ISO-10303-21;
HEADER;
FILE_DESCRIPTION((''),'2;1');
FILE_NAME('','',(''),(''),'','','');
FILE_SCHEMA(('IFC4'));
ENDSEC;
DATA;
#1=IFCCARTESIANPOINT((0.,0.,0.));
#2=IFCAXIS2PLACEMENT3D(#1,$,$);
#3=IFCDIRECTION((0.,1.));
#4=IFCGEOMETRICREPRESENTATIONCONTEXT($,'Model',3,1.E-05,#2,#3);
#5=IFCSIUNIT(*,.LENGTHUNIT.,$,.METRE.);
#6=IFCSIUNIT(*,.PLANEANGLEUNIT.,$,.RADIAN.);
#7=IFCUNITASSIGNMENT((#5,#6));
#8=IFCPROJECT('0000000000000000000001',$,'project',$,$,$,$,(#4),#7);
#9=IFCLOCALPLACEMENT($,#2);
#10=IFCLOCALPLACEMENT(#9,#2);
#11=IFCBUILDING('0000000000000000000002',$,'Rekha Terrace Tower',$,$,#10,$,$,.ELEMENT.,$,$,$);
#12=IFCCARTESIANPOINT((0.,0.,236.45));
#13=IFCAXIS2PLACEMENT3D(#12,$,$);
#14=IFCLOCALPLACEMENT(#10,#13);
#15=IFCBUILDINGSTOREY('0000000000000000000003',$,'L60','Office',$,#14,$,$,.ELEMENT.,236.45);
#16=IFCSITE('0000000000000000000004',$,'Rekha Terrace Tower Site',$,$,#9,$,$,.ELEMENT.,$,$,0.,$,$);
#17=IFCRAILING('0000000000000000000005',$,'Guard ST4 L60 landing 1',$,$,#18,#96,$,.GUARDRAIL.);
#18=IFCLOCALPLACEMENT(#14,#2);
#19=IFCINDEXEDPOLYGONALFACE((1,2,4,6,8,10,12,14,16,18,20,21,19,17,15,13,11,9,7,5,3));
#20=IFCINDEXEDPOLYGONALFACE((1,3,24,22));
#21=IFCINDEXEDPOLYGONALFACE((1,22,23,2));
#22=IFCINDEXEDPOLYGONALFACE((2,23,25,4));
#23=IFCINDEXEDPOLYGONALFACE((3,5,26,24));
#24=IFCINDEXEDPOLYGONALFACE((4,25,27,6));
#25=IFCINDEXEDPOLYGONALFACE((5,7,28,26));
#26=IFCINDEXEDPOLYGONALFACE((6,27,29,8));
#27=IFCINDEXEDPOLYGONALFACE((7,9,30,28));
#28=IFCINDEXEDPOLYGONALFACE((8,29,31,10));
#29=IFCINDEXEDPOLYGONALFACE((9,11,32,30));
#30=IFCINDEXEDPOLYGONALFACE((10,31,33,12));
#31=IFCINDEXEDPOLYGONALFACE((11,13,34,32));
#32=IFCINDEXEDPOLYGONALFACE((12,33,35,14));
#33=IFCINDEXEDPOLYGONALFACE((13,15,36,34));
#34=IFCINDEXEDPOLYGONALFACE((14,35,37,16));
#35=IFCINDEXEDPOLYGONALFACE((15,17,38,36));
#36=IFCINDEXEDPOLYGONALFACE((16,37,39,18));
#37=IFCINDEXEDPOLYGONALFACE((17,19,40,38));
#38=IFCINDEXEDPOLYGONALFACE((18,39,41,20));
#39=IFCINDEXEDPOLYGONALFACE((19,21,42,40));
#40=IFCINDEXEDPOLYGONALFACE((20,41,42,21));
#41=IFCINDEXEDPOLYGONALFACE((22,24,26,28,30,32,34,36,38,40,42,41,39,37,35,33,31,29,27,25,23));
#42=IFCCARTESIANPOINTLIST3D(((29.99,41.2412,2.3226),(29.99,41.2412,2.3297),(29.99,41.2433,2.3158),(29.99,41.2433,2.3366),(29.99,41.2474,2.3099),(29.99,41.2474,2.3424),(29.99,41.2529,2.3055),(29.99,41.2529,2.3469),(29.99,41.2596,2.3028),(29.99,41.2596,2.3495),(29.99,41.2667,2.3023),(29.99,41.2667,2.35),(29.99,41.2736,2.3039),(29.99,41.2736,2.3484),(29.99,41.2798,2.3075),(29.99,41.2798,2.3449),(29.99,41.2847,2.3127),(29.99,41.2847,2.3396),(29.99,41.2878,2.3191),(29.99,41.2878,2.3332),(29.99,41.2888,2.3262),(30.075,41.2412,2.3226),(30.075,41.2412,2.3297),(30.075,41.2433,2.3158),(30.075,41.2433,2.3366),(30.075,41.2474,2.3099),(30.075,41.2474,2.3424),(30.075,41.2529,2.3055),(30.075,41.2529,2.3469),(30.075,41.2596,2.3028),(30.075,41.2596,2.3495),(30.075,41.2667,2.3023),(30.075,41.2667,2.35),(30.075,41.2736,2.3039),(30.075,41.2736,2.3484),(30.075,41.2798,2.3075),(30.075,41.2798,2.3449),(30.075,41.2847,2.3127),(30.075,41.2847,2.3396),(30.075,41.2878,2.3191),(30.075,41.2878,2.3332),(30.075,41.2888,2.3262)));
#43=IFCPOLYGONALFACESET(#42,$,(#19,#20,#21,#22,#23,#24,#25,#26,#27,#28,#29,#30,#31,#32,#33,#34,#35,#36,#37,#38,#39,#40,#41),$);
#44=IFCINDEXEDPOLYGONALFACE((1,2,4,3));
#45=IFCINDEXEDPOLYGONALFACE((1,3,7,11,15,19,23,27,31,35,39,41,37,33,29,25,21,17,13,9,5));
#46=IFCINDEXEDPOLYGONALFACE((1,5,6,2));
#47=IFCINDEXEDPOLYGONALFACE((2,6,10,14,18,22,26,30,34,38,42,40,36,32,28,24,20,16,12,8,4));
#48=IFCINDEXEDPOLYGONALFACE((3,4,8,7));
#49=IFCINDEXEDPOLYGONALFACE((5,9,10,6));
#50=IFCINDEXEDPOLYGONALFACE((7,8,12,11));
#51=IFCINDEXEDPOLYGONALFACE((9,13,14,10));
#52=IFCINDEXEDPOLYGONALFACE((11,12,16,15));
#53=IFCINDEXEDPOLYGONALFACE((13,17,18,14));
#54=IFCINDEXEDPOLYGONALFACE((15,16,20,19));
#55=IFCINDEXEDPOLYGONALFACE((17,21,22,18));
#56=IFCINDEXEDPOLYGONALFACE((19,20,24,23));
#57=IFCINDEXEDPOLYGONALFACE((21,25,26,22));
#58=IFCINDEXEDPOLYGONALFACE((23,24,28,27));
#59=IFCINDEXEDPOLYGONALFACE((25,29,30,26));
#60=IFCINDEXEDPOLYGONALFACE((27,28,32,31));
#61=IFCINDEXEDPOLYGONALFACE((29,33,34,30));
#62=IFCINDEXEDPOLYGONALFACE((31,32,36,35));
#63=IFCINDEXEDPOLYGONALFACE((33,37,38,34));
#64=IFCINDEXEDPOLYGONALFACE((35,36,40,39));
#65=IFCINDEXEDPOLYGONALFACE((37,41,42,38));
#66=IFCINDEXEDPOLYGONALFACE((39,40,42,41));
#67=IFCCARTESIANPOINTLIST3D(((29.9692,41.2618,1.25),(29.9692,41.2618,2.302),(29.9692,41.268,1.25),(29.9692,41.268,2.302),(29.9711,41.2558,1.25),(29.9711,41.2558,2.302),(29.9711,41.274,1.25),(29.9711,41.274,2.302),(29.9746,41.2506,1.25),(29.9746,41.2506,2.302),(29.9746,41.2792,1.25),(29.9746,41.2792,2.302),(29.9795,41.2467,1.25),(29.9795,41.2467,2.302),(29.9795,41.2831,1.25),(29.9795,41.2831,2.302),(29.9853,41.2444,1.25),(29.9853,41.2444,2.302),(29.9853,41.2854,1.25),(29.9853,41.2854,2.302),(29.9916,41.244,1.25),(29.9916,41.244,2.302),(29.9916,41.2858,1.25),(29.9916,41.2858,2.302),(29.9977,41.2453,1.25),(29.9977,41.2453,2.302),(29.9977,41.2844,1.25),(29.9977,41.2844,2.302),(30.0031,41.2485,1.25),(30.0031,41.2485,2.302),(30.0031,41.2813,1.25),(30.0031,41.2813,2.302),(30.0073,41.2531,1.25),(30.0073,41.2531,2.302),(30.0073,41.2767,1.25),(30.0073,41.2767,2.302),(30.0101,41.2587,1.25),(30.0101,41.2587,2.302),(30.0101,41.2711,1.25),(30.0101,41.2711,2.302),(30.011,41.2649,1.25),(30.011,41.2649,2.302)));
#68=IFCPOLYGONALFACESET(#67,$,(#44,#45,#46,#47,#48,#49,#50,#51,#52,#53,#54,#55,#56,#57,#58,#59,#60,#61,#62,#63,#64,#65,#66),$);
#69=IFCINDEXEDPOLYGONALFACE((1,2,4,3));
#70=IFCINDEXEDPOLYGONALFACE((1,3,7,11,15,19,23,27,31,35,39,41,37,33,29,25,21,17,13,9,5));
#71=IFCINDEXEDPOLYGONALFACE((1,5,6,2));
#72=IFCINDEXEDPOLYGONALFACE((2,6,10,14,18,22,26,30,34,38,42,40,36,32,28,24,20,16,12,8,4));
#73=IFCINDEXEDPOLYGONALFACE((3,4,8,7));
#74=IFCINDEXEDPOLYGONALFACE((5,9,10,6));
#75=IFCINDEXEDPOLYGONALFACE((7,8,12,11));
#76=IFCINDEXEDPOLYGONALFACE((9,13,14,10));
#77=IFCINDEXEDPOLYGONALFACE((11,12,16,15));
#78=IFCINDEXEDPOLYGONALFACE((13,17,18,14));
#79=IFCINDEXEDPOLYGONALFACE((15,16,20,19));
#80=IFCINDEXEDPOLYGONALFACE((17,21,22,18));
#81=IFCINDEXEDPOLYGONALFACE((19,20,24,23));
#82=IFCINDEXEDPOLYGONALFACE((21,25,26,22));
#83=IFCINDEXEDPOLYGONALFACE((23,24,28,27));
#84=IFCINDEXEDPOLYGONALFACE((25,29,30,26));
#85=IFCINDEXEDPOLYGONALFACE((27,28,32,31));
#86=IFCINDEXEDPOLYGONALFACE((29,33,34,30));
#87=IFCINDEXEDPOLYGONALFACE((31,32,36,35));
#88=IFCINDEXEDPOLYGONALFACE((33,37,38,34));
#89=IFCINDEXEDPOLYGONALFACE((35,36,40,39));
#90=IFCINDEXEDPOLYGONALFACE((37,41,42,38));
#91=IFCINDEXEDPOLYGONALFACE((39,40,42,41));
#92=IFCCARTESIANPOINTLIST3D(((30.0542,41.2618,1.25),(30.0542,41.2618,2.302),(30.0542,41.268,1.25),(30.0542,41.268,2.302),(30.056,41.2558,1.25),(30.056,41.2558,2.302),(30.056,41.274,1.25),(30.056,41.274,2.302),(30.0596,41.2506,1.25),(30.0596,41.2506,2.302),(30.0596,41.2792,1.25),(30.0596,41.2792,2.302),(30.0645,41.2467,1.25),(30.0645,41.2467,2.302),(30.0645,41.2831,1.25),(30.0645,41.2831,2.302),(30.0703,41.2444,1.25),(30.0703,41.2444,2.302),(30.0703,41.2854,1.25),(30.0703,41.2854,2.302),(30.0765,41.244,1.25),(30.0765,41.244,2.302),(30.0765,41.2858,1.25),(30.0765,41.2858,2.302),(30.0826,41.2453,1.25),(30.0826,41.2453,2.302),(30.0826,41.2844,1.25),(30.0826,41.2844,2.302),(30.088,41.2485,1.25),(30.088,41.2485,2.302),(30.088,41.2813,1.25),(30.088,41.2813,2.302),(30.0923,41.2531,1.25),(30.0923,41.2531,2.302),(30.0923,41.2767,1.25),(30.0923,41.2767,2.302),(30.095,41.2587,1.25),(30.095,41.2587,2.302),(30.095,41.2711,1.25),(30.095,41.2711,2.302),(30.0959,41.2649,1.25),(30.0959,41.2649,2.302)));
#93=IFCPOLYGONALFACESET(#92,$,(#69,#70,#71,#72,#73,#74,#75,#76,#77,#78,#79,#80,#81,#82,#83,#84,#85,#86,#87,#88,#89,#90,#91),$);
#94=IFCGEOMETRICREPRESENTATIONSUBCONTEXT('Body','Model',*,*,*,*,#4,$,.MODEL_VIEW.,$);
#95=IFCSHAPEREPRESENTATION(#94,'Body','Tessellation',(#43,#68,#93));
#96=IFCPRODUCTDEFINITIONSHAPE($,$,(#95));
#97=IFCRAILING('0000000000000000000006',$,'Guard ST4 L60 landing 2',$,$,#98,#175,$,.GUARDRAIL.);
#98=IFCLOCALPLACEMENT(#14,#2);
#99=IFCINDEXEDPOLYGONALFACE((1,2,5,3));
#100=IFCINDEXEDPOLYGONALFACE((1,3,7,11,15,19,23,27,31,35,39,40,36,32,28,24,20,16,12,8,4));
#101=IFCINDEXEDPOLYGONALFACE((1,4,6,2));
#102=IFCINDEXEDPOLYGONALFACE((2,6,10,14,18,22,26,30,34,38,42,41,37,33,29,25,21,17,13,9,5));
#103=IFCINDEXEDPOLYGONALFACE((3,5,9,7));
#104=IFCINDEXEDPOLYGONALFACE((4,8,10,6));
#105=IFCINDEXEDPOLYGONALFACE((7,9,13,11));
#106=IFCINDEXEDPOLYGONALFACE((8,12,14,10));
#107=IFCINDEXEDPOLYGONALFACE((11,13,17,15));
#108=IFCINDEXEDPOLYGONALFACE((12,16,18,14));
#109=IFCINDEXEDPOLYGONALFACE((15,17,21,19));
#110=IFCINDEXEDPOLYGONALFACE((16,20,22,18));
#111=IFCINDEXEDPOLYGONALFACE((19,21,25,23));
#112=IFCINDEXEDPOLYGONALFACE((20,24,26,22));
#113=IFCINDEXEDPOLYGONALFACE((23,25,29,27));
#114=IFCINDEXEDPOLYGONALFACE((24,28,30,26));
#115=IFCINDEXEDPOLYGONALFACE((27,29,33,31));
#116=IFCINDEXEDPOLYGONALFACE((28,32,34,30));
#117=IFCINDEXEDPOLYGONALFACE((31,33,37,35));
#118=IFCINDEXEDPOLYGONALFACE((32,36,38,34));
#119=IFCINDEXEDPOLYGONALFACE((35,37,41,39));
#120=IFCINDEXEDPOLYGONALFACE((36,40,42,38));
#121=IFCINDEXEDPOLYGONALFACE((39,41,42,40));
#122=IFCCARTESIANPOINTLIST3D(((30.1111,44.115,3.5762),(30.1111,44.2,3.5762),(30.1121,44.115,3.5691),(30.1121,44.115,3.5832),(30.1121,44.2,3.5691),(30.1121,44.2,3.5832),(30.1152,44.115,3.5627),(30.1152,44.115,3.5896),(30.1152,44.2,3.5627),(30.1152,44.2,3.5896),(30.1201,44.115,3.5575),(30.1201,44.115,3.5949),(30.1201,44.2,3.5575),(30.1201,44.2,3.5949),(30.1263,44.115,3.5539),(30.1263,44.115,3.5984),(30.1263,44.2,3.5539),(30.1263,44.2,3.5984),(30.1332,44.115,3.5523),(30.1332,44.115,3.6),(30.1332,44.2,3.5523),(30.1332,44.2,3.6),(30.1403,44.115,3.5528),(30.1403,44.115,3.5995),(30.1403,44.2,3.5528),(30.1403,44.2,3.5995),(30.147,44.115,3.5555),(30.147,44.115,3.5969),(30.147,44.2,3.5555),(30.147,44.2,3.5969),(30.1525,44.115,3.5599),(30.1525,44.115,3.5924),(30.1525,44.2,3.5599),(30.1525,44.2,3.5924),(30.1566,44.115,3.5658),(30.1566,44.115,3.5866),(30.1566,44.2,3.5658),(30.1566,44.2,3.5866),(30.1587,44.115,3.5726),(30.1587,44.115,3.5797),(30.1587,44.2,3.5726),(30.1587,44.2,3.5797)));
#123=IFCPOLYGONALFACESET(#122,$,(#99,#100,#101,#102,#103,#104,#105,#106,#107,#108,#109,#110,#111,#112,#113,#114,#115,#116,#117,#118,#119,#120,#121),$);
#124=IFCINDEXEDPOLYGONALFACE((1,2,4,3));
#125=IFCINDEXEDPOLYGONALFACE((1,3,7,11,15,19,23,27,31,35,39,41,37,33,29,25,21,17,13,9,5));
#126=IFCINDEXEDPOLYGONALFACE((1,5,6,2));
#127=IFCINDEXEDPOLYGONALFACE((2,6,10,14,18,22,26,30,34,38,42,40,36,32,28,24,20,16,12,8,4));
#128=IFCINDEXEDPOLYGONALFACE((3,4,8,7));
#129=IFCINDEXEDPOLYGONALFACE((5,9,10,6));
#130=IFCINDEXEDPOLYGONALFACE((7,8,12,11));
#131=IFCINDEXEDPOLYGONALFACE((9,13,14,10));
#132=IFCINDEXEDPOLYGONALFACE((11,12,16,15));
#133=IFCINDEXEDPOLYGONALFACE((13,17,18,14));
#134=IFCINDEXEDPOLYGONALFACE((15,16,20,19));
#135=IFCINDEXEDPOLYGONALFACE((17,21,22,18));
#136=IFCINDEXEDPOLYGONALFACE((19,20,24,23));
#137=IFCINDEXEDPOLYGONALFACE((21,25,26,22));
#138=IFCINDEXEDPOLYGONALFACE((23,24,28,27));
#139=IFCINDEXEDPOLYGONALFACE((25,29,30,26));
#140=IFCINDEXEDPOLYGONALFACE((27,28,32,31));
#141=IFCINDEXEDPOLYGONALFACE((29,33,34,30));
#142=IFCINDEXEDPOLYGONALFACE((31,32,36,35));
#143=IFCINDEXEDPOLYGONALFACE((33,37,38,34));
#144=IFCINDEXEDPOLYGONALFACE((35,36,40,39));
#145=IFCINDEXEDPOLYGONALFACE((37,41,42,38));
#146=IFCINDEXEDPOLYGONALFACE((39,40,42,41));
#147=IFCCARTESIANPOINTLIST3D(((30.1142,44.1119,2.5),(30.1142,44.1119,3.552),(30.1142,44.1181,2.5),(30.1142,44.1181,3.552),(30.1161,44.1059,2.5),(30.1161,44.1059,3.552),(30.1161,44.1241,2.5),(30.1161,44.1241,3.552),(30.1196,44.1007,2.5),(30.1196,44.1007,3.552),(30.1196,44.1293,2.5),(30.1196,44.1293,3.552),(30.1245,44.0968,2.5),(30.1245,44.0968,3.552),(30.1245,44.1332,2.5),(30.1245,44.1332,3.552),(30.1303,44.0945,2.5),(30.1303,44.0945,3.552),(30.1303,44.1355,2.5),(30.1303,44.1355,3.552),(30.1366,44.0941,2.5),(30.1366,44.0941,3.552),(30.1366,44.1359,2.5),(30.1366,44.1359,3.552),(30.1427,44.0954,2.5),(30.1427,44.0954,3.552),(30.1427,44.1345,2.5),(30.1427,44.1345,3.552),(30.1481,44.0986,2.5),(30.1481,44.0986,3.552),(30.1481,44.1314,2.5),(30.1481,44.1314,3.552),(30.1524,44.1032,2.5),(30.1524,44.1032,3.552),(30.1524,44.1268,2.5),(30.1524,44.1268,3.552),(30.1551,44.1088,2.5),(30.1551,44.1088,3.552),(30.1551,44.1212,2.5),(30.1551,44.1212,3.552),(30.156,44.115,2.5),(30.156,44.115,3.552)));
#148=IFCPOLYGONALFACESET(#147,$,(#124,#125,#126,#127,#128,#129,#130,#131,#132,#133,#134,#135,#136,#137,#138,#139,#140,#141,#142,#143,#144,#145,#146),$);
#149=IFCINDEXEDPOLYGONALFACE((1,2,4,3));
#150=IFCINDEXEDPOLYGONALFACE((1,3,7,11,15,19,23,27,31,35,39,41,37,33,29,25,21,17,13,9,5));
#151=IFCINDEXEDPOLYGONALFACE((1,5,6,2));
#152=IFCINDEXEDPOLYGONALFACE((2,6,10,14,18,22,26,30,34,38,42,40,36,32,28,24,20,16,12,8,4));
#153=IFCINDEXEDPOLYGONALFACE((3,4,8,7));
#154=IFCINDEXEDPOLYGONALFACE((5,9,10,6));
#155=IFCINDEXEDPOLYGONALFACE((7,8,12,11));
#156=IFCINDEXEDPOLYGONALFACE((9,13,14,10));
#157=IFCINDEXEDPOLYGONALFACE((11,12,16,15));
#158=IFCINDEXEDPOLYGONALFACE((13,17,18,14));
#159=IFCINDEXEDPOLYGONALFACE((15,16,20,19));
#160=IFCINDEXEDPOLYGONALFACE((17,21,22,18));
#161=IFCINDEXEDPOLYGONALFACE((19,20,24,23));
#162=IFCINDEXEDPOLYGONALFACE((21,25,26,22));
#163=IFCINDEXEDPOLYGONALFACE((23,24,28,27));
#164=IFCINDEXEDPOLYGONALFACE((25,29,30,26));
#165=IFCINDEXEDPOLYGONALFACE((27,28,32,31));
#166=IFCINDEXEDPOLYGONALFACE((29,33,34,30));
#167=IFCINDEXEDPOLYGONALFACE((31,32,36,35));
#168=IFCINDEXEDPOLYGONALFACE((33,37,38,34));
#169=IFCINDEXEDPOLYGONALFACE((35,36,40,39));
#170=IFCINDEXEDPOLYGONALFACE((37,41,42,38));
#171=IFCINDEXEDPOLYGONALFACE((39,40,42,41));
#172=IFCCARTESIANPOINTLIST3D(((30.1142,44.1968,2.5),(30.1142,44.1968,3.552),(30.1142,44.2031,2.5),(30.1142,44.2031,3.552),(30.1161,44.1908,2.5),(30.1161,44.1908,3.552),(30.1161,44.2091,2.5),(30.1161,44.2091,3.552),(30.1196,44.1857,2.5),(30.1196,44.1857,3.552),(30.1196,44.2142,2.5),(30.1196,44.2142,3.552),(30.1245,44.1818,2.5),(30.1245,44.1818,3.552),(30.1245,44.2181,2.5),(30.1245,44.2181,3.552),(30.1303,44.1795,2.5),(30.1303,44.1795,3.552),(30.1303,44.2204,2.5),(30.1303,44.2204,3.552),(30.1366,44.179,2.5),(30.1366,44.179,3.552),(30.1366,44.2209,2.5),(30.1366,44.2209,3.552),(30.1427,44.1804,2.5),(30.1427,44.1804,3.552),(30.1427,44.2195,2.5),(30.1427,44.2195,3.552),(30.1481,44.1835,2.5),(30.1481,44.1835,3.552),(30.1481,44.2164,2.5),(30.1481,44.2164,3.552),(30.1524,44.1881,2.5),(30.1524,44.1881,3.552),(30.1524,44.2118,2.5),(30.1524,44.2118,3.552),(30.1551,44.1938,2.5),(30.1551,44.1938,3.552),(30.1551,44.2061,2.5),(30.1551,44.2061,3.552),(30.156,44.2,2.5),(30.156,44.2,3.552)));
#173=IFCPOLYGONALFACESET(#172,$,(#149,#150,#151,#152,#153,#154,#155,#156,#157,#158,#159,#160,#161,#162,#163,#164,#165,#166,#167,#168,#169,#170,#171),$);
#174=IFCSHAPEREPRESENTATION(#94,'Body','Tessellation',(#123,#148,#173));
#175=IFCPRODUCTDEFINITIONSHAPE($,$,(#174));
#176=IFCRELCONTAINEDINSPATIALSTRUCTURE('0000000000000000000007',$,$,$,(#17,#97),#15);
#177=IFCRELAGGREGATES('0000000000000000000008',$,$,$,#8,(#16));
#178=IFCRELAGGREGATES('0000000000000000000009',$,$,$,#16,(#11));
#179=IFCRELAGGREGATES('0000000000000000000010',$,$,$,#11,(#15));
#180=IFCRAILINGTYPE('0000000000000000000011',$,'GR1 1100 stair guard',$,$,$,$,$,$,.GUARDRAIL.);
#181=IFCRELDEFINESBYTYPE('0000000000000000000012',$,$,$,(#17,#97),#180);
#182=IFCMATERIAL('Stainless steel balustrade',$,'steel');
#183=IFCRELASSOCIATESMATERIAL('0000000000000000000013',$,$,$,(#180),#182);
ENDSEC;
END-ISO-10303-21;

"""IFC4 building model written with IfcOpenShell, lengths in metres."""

from ifc_helpers import new_model, si_unit, direction, frame, origin, origin_2d, place, context, subcontext, project, spatial, circle, extrude, material, type_object, element, save


model = new_model("IFC4")

# Units and contexts
model_context = context("Model", 3, precision=1e-05, world=origin(), true_north=direction((0.0, 1.0)))
body_context = subcontext(model_context, "Body", "Model", "MODEL_VIEW")
ifc_project = project(units=[si_unit("LENGTHUNIT", "METRE"), si_unit("PLANEANGLEUNIT", "RADIAN")], contexts=[model_context])

# Site, building, storey
site_placement = place(None, origin())
site = spatial("IfcSite", under=ifc_project, at=site_placement, Name="Rekha Terrace Tower Site", CompositionType="ELEMENT", RefElevation=0.0)
building_placement = place(site_placement, origin())
building = spatial("IfcBuilding", under=site, at=building_placement, Name="Rekha Terrace Tower", CompositionType="ELEMENT")
storey_placement = place(building_placement, frame((0.0, 0.0, 236.45)))
storey = spatial("IfcBuildingStorey", under=building, at=storey_placement, Name="L60", Description="Office", CompositionType="ELEMENT", Elevation=236.45)

# Railings
ifc_material_1 = material(Name="Stainless steel balustrade", Category="steel")
railing_type_1 = type_object("IfcRailingType", Name="GR1 1100 stair guard", PredefinedType="GUARDRAIL", material=ifc_material_1)
railing_1_placement = place(storey_placement, frame((29.99, 41.2649, 1.25)))
element("IfcRailing", 1, at=railing_1_placement, inside=storey, type_object=railing_type_1, Name="Guard ST4 L60 landing 1", PredefinedType="GUARDRAIL", context=body_context, shape_type="SweptSolid", body=[
    extrude(circle(Radius=0.0239, at=origin_2d()), frame((0.0, 0.0, 1.0762), z_axis=(1.0, 0.0, 0.0), x_axis=(0.0, 1.0, 0.0)), (0.0, 0.0, 1.0), 0.085),
    extrude(circle(Radius=0.021, at=origin_2d()), origin(), (0.0, 0.0, 1.0), 1.052),
    extrude(circle(Radius=0.021, at=origin_2d()), frame((0.085, 0.0, 0.0)), (0.0, 0.0, 1.0), 1.052),
])
railing_2_placement = place(storey_placement, frame((30.135, 44.115, 2.5)))
element("IfcRailing", 2, at=railing_2_placement, inside=storey, type_object=railing_type_1, Name="Guard ST4 L60 landing 2", PredefinedType="GUARDRAIL", context=body_context, shape_type="SweptSolid", body=[
    extrude(circle(Radius=0.0239, at=origin_2d()), frame((0.0, 0.0, 1.0762), z_axis=(0.0, 1.0, 0.0), x_axis=(-1.0, 0.0, 0.0)), (0.0, 0.0, 1.0), 0.085),
    extrude(circle(Radius=0.021, at=origin_2d()), origin(), (0.0, 0.0, 1.0), 1.052),
    extrude(circle(Radius=0.021, at=origin_2d()), frame((0.0, 0.085, 0.0)), (0.0, 0.0, 1.0), 1.052),
])

save(model, "model.ifc")
